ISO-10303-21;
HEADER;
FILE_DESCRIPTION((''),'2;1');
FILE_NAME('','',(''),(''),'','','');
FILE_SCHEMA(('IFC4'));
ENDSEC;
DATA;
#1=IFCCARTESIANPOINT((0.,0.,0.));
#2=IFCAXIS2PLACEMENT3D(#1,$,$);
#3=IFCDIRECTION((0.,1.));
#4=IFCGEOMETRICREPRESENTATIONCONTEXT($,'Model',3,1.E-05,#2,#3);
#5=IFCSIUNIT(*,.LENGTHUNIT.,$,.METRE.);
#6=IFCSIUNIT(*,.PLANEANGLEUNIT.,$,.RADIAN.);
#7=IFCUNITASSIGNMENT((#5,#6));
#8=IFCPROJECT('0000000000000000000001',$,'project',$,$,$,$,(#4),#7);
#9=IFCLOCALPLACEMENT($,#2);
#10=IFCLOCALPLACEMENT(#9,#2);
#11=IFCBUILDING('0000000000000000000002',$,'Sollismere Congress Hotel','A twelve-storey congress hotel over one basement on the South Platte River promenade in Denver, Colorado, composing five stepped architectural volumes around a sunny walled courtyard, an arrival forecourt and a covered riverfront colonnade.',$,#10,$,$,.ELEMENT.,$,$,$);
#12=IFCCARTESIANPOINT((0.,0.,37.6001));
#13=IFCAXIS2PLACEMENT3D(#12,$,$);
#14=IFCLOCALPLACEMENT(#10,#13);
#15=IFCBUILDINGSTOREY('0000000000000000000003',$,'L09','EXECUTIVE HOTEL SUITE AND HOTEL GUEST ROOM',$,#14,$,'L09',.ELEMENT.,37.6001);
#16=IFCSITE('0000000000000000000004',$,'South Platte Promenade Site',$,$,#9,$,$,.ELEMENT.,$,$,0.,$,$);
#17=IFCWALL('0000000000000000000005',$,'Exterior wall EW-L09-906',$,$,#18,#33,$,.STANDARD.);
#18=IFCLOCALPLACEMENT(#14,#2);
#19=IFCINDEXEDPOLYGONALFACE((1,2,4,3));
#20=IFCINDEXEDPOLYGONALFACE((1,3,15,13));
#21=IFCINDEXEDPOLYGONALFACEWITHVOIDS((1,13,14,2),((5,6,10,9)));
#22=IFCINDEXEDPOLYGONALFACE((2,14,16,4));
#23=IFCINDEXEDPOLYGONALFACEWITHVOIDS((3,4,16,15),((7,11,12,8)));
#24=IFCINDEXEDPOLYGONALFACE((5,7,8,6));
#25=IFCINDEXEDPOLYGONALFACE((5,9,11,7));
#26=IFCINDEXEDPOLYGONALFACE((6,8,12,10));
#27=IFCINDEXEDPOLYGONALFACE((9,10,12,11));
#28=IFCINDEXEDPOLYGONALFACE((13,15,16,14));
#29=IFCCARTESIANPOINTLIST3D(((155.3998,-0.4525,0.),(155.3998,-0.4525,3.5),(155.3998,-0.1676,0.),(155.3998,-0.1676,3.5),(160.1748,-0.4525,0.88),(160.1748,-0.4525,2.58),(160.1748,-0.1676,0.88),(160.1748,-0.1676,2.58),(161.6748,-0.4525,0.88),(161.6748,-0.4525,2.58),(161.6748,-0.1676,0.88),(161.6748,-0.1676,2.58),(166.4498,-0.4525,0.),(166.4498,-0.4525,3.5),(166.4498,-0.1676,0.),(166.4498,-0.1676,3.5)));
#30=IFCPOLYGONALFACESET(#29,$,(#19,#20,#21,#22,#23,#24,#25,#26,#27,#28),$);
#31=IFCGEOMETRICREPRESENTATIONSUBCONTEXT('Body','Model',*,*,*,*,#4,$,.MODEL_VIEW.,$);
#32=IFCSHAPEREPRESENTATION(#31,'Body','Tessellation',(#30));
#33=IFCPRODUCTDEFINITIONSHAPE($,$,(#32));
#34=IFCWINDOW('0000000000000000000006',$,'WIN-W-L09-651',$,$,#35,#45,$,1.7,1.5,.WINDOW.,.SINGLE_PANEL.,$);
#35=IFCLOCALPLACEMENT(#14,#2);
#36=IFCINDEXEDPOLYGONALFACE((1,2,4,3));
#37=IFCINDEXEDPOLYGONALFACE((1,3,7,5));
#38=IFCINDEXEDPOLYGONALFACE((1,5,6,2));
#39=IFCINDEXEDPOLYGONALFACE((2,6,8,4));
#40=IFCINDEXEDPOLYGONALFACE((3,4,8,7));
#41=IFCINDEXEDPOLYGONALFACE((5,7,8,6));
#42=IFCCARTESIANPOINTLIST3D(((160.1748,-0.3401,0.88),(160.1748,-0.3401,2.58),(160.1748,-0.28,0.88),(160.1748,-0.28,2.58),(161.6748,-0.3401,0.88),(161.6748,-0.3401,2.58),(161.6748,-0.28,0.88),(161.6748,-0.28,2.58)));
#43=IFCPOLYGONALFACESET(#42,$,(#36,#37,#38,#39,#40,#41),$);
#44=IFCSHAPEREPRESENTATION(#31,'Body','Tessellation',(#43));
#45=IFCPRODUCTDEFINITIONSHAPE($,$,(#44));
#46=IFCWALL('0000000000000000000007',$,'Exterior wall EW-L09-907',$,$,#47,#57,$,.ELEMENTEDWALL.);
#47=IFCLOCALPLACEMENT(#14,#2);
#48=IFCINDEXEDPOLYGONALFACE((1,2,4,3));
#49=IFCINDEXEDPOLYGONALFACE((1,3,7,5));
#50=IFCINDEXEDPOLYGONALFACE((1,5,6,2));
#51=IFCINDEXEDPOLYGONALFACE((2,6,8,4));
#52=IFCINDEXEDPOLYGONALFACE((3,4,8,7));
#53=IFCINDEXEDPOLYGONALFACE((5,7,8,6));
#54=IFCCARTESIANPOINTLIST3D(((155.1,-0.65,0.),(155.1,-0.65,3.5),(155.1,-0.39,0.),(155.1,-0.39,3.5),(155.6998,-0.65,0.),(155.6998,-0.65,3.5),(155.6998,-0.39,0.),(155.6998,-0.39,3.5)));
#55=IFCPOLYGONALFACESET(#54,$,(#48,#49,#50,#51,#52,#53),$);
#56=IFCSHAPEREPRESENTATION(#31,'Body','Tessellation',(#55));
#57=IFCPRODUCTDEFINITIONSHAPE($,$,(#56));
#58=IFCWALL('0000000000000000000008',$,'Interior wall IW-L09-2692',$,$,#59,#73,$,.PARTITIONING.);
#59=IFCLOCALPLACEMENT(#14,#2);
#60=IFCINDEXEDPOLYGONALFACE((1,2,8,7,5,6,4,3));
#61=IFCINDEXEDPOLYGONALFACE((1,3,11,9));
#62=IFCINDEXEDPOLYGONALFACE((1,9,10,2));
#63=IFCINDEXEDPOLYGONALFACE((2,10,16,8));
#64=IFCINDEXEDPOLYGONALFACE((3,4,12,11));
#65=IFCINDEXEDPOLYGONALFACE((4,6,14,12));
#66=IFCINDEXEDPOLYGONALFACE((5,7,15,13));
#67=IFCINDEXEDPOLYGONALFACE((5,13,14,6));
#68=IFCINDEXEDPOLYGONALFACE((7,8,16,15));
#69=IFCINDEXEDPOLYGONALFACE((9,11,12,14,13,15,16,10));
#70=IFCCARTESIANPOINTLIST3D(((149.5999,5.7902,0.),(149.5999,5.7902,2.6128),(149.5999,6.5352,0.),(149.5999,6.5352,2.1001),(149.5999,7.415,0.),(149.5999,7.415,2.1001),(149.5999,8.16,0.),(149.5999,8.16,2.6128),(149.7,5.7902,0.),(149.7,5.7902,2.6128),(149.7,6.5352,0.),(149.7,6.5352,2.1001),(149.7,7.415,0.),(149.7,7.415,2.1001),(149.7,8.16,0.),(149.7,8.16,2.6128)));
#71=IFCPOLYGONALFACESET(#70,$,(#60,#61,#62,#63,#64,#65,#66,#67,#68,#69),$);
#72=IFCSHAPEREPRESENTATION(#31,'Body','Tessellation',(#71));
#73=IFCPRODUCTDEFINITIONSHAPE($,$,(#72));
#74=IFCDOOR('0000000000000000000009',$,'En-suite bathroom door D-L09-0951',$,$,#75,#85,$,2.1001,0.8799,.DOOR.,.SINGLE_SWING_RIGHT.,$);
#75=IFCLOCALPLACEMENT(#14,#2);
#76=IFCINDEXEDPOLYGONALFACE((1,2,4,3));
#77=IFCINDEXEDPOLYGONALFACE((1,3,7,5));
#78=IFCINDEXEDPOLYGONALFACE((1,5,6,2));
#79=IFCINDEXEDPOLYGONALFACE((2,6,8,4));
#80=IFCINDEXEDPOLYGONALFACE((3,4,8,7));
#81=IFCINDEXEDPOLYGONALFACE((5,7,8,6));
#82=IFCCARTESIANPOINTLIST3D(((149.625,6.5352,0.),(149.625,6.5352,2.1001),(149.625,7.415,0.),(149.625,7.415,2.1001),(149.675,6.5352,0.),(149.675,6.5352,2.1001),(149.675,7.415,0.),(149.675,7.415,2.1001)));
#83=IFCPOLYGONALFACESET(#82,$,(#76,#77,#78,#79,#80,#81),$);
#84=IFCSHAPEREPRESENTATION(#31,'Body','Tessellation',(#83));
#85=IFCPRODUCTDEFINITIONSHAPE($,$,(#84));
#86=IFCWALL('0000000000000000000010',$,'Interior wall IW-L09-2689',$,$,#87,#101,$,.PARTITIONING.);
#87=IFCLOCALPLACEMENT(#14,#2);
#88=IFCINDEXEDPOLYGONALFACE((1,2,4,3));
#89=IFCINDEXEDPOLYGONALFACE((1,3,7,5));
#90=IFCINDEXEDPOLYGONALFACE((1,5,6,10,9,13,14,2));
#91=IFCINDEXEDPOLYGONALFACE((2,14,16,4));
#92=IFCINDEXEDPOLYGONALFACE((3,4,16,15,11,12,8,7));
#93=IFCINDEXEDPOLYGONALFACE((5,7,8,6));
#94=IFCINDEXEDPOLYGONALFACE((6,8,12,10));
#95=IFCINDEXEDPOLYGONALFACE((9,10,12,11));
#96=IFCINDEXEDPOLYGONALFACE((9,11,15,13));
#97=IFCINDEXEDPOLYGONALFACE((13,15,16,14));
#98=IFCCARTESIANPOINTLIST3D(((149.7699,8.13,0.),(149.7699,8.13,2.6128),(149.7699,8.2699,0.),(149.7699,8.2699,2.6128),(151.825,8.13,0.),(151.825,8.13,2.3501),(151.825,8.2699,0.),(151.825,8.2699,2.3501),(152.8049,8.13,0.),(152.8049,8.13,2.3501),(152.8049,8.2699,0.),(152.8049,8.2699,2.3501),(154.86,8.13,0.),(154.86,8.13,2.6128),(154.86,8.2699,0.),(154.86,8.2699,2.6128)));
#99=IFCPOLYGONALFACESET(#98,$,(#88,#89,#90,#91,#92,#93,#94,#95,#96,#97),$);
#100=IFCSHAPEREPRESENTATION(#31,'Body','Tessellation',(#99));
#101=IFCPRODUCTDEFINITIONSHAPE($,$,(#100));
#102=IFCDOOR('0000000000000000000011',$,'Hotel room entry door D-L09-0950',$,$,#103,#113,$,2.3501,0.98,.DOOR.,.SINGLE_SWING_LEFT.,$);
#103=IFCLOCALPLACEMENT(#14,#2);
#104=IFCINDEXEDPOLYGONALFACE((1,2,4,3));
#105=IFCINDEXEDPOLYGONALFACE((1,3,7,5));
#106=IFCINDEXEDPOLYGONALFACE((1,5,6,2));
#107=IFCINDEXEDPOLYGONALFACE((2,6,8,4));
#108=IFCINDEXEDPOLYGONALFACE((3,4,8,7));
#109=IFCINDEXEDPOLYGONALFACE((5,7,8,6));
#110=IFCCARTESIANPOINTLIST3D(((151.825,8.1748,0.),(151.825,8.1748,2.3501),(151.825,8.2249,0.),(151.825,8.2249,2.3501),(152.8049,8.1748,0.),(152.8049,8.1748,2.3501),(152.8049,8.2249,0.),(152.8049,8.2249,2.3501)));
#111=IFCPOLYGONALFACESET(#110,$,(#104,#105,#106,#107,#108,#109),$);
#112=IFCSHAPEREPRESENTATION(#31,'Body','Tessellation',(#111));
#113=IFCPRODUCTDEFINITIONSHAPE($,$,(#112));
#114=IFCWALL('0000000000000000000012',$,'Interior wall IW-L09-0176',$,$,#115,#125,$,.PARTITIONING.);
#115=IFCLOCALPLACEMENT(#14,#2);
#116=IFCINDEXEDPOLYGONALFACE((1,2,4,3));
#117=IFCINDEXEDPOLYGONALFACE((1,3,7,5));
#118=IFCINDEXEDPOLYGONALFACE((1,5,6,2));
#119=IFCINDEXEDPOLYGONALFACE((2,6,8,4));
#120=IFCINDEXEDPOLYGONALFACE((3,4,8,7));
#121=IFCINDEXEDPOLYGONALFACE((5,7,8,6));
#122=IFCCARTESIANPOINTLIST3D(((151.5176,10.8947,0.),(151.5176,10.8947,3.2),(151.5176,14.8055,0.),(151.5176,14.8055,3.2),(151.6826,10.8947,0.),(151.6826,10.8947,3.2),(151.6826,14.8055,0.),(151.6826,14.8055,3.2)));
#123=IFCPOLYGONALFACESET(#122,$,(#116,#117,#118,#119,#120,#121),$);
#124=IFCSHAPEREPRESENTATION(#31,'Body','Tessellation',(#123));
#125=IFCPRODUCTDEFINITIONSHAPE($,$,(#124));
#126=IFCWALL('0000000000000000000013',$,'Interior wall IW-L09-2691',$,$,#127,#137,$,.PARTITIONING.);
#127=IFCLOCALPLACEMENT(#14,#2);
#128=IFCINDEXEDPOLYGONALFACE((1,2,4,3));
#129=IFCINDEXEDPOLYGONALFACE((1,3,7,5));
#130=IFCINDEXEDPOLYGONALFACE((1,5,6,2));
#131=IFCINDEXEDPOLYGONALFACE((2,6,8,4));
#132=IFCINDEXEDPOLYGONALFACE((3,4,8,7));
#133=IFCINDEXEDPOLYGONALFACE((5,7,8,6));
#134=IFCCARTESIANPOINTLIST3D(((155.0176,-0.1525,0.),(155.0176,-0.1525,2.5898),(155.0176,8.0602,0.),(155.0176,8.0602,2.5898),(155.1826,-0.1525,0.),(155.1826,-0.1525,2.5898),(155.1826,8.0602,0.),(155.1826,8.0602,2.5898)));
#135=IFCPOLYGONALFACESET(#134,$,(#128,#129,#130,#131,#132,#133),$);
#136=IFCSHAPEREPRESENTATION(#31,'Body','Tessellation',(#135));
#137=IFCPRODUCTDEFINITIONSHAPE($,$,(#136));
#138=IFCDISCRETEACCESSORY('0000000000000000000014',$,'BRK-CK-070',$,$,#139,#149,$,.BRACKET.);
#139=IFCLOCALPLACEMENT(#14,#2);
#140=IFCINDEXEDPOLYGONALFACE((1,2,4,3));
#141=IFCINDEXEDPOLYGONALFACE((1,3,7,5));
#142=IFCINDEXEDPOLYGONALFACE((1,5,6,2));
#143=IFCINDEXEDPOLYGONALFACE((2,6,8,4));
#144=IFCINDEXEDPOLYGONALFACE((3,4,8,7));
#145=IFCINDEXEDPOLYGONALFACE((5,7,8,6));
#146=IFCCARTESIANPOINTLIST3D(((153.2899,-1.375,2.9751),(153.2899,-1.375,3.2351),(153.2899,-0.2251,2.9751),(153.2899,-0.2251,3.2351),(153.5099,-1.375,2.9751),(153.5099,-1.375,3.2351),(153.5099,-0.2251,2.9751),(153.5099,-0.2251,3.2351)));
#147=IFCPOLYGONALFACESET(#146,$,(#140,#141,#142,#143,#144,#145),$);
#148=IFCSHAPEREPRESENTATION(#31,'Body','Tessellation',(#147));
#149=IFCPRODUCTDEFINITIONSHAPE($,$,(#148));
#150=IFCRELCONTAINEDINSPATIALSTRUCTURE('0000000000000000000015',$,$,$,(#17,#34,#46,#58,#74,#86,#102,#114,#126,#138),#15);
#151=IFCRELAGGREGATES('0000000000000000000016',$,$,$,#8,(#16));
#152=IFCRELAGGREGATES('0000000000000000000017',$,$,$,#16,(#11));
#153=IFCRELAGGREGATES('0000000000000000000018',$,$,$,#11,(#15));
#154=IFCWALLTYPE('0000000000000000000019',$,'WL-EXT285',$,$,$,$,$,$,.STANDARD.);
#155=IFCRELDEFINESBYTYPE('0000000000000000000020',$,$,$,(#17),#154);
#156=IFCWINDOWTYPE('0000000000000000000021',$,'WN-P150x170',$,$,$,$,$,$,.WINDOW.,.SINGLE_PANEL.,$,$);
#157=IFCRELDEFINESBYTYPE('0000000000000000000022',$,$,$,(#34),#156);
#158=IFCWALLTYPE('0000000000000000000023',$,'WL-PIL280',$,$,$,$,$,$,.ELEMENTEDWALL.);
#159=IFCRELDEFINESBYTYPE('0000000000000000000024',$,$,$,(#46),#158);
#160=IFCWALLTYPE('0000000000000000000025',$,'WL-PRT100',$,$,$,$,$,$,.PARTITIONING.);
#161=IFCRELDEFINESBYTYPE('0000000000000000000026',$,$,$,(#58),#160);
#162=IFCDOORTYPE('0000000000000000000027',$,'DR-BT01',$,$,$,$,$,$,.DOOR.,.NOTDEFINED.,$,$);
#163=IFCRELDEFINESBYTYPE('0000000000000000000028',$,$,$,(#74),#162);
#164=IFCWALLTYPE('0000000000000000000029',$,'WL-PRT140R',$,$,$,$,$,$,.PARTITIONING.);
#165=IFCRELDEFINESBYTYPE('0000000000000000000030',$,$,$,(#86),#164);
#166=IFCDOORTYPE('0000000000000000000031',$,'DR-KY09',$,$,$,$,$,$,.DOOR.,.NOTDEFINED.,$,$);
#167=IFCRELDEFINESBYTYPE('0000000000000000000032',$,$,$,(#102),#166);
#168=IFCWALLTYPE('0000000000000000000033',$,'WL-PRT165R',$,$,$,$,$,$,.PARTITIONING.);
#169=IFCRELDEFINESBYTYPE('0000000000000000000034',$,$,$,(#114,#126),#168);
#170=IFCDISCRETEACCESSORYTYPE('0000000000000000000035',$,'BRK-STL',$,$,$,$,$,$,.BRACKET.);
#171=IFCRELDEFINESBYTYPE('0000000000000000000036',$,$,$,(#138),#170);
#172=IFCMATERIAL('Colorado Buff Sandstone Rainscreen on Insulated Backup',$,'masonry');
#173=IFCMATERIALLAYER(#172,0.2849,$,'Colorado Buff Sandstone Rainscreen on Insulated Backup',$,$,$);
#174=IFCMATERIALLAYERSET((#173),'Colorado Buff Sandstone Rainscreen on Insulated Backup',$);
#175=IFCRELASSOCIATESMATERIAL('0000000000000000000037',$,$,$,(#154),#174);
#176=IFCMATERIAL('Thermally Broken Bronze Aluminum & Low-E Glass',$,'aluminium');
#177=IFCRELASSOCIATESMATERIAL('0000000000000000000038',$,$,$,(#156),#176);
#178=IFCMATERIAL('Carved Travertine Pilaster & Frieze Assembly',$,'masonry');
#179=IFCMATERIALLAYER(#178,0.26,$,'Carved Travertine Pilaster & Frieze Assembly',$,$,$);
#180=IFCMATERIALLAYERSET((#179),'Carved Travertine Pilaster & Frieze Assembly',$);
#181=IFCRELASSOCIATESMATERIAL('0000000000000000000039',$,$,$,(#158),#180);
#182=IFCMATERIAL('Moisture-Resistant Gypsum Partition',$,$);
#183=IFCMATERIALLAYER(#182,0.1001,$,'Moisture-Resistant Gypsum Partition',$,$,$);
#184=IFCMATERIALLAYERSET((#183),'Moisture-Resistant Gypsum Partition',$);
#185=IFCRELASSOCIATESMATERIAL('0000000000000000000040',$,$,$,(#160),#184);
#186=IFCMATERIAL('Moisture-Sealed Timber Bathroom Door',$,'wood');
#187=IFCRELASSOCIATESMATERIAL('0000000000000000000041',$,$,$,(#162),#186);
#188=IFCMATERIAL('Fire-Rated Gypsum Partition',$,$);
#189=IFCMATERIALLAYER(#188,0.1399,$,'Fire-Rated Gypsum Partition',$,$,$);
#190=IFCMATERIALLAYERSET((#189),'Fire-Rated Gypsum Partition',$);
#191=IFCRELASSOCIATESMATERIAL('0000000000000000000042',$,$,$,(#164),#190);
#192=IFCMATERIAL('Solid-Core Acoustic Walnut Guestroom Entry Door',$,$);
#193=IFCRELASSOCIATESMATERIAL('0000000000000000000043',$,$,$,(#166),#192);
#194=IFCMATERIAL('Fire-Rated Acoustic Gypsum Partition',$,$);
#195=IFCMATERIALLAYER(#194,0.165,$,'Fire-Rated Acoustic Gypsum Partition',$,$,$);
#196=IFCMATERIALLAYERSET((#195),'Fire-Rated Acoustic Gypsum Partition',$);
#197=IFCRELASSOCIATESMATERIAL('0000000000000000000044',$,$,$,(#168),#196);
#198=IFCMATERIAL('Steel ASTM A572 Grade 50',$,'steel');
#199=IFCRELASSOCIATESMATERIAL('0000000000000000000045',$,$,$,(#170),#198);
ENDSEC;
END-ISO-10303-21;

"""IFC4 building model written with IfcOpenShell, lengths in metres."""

from ifc_helpers import new_model, si_unit, direction, frame, frame_2d, origin, origin_2d, place, context, subcontext, project, spatial, rectangle, extrude, material, layer, layer_set, type_object, element, fill, save


model = new_model("IFC4")

# Units and contexts
model_context = context("Model", 3, precision=1e-05, world=origin(), true_north=direction((0.0, 1.0)))
body_context = subcontext(model_context, "Body", "Model", "MODEL_VIEW")
ifc_project = project(units=[si_unit("LENGTHUNIT", "METRE"), si_unit("PLANEANGLEUNIT", "RADIAN")], contexts=[model_context])

# Site, building, storey
site_placement = place(None, origin())
site = spatial("IfcSite", under=ifc_project, at=site_placement, Name="South Platte Promenade Site", CompositionType="ELEMENT", RefElevation=0.0)
building_placement = place(site_placement, origin())
building = spatial("IfcBuilding", under=site, at=building_placement, Name="Sollismere Congress Hotel", Description="A twelve-storey congress hotel over one basement on the South Platte River promenade in Denver, Colorado, composing five stepped architectural volumes around a sunny walled courtyard, an arrival forecourt and a covered riverfront colonnade.", CompositionType="ELEMENT")
storey_placement = place(building_placement, frame((0.0, 0.0, 37.6001)))
storey = spatial("IfcBuildingStorey", under=building, at=storey_placement, Name="L09", Description="EXECUTIVE HOTEL SUITE AND HOTEL GUEST ROOM", LongName="L09", CompositionType="ELEMENT", Elevation=37.6001)

# Wall, opening, window
ifc_material_1 = material(Name="Colorado Buff Sandstone Rainscreen on Insulated Backup", Category="masonry")
ifc_layer_1 = layer(ifc_material_1, 0.2849, Name="Colorado Buff Sandstone Rainscreen on Insulated Backup")
ifc_layer_set_1 = layer_set([ifc_layer_1], Name="Colorado Buff Sandstone Rainscreen on Insulated Backup")
wall_type_1 = type_object("IfcWallType", Name="WL-EXT285", PredefinedType="STANDARD", material=ifc_layer_set_1)
wall_1_placement = place(storey_placement, frame((155.3999, -0.3101, 0.0), z_axis=(0.0, 0.0, 1.0), x_axis=(1.0, 0.0, 0.0)))
wall_1 = element("IfcWall", 1, at=wall_1_placement, inside=storey, type_object=wall_type_1, Name="Exterior wall EW-L09-906", PredefinedType="STANDARD", context=body_context, shape_type="SweptSolid", body=[
    extrude(rectangle(XDim=11.05, YDim=0.2849, at=frame_2d((5.5249, 0.0))), origin(), (0.0, 0.0, 1.0), 3.5),
])
opening_1_placement = place(wall_1_placement, frame((4.7749, 0.0, 0.8799)))
opening_1 = element("IfcOpeningElement", 2, at=opening_1_placement, cuts=wall_1, PredefinedType="OPENING", context=body_context, shape_type="SweptSolid", body=[
    extrude(rectangle(XDim=1.5, YDim=1.7, at=frame_2d((0.75, 0.8501))), frame((0.0, 0.1523, 0.0), z_axis=(0.0, -1.0, 0.0), x_axis=(1.0, 0.0, 0.0)), (0.0, 0.0, 1.0), 0.3049),
])
ifc_material_2 = material(Name="Thermally Broken Bronze Aluminum & Low-E Glass", Category="aluminium")
window_type = type_object("IfcWindowType", Name="WN-P150x170", PartitioningType="SINGLE_PANEL", PredefinedType="WINDOW", material=ifc_material_2)
window_placement = place(opening_1_placement, origin())
window = element("IfcWindow", 3, at=window_placement, inside=storey, type_object=window_type, Name="WIN-W-L09-651", OverallHeight=1.7, OverallWidth=1.5, PartitioningType="SINGLE_PANEL", PredefinedType="WINDOW", context=body_context, shape_type="SweptSolid", body=[
    extrude(rectangle(XDim=1.5, YDim=1.7, at=frame_2d((0.75, 0.8501))), frame((0.0, 0.03, 0.0), z_axis=(0.0, -1.0, 0.0), x_axis=(1.0, 0.0, 0.0)), (0.0, 0.0, 1.0), 0.0601),
])
fill(opening_1, window)

# Wall
ifc_material_3 = material(Name="Carved Travertine Pilaster & Frieze Assembly", Category="masonry")
ifc_layer_2 = layer(ifc_material_3, 0.26, Name="Carved Travertine Pilaster & Frieze Assembly")
ifc_layer_set_2 = layer_set([ifc_layer_2], Name="Carved Travertine Pilaster & Frieze Assembly")
wall_type_2 = type_object("IfcWallType", Name="WL-PIL280", PredefinedType="ELEMENTEDWALL", material=ifc_layer_set_2)
wall_2_placement = place(storey_placement, frame((155.1001, -0.52, 0.0), z_axis=(0.0, 0.0, 1.0), x_axis=(1.0, 0.0, 0.0)))
element("IfcWall", 4, at=wall_2_placement, inside=storey, type_object=wall_type_2, Name="Exterior wall EW-L09-907", PredefinedType="ELEMENTEDWALL", context=body_context, shape_type="SweptSolid", body=[
    extrude(rectangle(XDim=0.5999, YDim=0.26, at=frame_2d((0.2998, 0.0))), origin(), (0.0, 0.0, 1.0), 3.5),
])

# Walls, openings, doors
ifc_material_4 = material(Name="Moisture-Resistant Gypsum Partition")
ifc_layer_3 = layer(ifc_material_4, 0.1001, Name="Moisture-Resistant Gypsum Partition")
ifc_layer_set_3 = layer_set([ifc_layer_3], Name="Moisture-Resistant Gypsum Partition")
wall_type_3 = type_object("IfcWallType", Name="WL-PRT100", PredefinedType="PARTITIONING", material=ifc_layer_set_3)
wall_3_placement = place(storey_placement, frame((149.6499, 5.79, 0.0), z_axis=(0.0, 0.0, 1.0), x_axis=(0.0, 1.0, 0.0)))
wall_3 = element("IfcWall", 5, at=wall_3_placement, inside=storey, type_object=wall_type_3, Name="Interior wall IW-L09-2692", PredefinedType="PARTITIONING", context=body_context, shape_type="SweptSolid", body=[
    extrude(rectangle(XDim=2.3699, YDim=0.1001, at=frame_2d((1.1851, 0.0))), origin(), (0.0, 0.0, 1.0), 2.6128),
])
opening_2_placement = place(wall_3_placement, frame((0.7451, 0.0, 0.0)))
opening_2 = element("IfcOpeningElement", 6, at=opening_2_placement, cuts=wall_3, PredefinedType="OPENING", context=body_context, shape_type="SweptSolid", body=[
    extrude(rectangle(XDim=0.8799, YDim=2.1001, at=frame_2d((0.4399, 1.05))), frame((0.0, 0.0601, 0.0), z_axis=(0.0, -1.0, 0.0), x_axis=(1.0, 0.0, 0.0)), (0.0, 0.0, 1.0), 0.1201),
])
ifc_material_5 = material(Name="Moisture-Sealed Timber Bathroom Door", Category="wood")
door_type_1 = type_object("IfcDoorType", Name="DR-BT01", OperationType="NOTDEFINED", PredefinedType="DOOR", material=ifc_material_5)
door_1_placement = place(opening_2_placement, origin())
door_1 = element("IfcDoor", 7, at=door_1_placement, inside=storey, type_object=door_type_1, Name="En-suite bathroom door D-L09-0951", OperationType="SINGLE_SWING_RIGHT", OverallHeight=2.1001, OverallWidth=0.8799, PredefinedType="DOOR", context=body_context, shape_type="SweptSolid", body=[
    extrude(rectangle(XDim=0.8799, YDim=2.1001, at=frame_2d((0.4399, 1.05))), frame((0.0, 0.0249, 0.0), z_axis=(0.0, -1.0, 0.0), x_axis=(1.0, 0.0, 0.0)), (0.0, 0.0, 1.0), 0.05),
])
fill(opening_2, door_1)
ifc_material_6 = material(Name="Fire-Rated Gypsum Partition")
ifc_layer_4 = layer(ifc_material_6, 0.1399, Name="Fire-Rated Gypsum Partition")
ifc_layer_set_4 = layer_set([ifc_layer_4], Name="Fire-Rated Gypsum Partition")
wall_type_4 = type_object("IfcWallType", Name="WL-PRT140R", PredefinedType="PARTITIONING", material=ifc_layer_set_4)
wall_4_placement = place(storey_placement, frame((149.77, 8.2, 0.0), z_axis=(0.0, 0.0, 1.0), x_axis=(1.0, 0.0, 0.0)))
wall_4 = element("IfcWall", 8, at=wall_4_placement, inside=storey, type_object=wall_type_4, Name="Interior wall IW-L09-2689", PredefinedType="PARTITIONING", context=body_context, shape_type="SweptSolid", body=[
    extrude(rectangle(XDim=5.0901, YDim=0.1399, at=frame_2d((2.5449, 0.0))), origin(), (0.0, 0.0, 1.0), 2.6128),
])
opening_3_placement = place(wall_4_placement, frame((2.0549, 0.0, 0.0)))
opening_3 = element("IfcOpeningElement", 9, at=opening_3_placement, cuts=wall_4, PredefinedType="OPENING", context=body_context, shape_type="SweptSolid", body=[
    extrude(rectangle(XDim=0.98, YDim=2.3501, at=frame_2d((0.49, 1.175))), frame((0.0, 0.0798, 0.0), z_axis=(0.0, -1.0, 0.0), x_axis=(1.0, 0.0, 0.0)), (0.0, 0.0, 1.0), 0.1599),
])
ifc_material_7 = material(Name="Solid-Core Acoustic Walnut Guestroom Entry Door")
door_type_2 = type_object("IfcDoorType", Name="DR-KY09", OperationType="NOTDEFINED", PredefinedType="DOOR", material=ifc_material_7)
door_2_placement = place(opening_3_placement, origin())
door_2 = element("IfcDoor", 10, at=door_2_placement, inside=storey, type_object=door_type_2, Name="Hotel room entry door D-L09-0950", OperationType="SINGLE_SWING_LEFT", OverallHeight=2.3501, OverallWidth=0.98, PredefinedType="DOOR", context=body_context, shape_type="SweptSolid", body=[
    extrude(rectangle(XDim=0.98, YDim=2.3501, at=frame_2d((0.49, 1.175))), frame((0.0, 0.0249, 0.0), z_axis=(0.0, -1.0, 0.0), x_axis=(1.0, 0.0, 0.0)), (0.0, 0.0, 1.0), 0.05),
])
fill(opening_3, door_2)

# Walls
ifc_material_8 = material(Name="Fire-Rated Acoustic Gypsum Partition")
ifc_layer_5 = layer(ifc_material_8, 0.165, Name="Fire-Rated Acoustic Gypsum Partition")
ifc_layer_set_5 = layer_set([ifc_layer_5], Name="Fire-Rated Acoustic Gypsum Partition")
wall_type_5 = type_object("IfcWallType", Name="WL-PRT165R", PredefinedType="PARTITIONING", material=ifc_layer_set_5)
wall_5_placement = place(storey_placement, frame((151.6001, 10.8945, 0.0), z_axis=(0.0, 0.0, 1.0), x_axis=(0.0, 1.0, 0.0)))
element("IfcWall", 11, at=wall_5_placement, inside=storey, type_object=wall_type_5, Name="Interior wall IW-L09-0176", PredefinedType="PARTITIONING", context=body_context, shape_type="SweptSolid", body=[
    extrude(rectangle(XDim=3.9109, YDim=0.165, at=frame_2d((1.9556, 0.0))), origin(), (0.0, 0.0, 1.0), 3.2),
])
wall_6_placement = place(storey_placement, frame((155.1001, -0.1526, 0.0), z_axis=(0.0, 0.0, 1.0), x_axis=(0.0, 1.0, 0.0)))
element("IfcWall", 12, at=wall_6_placement, inside=storey, type_object=wall_type_5, Name="Interior wall IW-L09-2691", PredefinedType="PARTITIONING", context=body_context, shape_type="SweptSolid", body=[
    extrude(rectangle(XDim=8.2126, YDim=0.165, at=frame_2d((4.1064, 0.0))), origin(), (0.0, 0.0, 1.0), 2.5898),
])

# Discrete accessory
ifc_material_9 = material(Name="Steel ASTM A572 Grade 50", Category="steel")
discrete_accessory_type = type_object("IfcDiscreteAccessoryType", Name="BRK-STL", PredefinedType="BRACKET", material=ifc_material_9)
discrete_accessory_placement = place(storey_placement, frame((153.3999, -0.8, 2.9751), z_axis=(0.0, 0.0, 1.0), x_axis=(1.0, 0.0, 0.0)))
element("IfcDiscreteAccessory", 13, at=discrete_accessory_placement, inside=storey, type_object=discrete_accessory_type, Name="BRK-CK-070", PredefinedType="BRACKET", context=body_context, shape_type="SweptSolid", body=[
    extrude(rectangle(XDim=0.22, YDim=1.1499, at=origin_2d()), origin(), (0.0, 0.0, 1.0), 0.26),
])

save(model, "model.ifc")
